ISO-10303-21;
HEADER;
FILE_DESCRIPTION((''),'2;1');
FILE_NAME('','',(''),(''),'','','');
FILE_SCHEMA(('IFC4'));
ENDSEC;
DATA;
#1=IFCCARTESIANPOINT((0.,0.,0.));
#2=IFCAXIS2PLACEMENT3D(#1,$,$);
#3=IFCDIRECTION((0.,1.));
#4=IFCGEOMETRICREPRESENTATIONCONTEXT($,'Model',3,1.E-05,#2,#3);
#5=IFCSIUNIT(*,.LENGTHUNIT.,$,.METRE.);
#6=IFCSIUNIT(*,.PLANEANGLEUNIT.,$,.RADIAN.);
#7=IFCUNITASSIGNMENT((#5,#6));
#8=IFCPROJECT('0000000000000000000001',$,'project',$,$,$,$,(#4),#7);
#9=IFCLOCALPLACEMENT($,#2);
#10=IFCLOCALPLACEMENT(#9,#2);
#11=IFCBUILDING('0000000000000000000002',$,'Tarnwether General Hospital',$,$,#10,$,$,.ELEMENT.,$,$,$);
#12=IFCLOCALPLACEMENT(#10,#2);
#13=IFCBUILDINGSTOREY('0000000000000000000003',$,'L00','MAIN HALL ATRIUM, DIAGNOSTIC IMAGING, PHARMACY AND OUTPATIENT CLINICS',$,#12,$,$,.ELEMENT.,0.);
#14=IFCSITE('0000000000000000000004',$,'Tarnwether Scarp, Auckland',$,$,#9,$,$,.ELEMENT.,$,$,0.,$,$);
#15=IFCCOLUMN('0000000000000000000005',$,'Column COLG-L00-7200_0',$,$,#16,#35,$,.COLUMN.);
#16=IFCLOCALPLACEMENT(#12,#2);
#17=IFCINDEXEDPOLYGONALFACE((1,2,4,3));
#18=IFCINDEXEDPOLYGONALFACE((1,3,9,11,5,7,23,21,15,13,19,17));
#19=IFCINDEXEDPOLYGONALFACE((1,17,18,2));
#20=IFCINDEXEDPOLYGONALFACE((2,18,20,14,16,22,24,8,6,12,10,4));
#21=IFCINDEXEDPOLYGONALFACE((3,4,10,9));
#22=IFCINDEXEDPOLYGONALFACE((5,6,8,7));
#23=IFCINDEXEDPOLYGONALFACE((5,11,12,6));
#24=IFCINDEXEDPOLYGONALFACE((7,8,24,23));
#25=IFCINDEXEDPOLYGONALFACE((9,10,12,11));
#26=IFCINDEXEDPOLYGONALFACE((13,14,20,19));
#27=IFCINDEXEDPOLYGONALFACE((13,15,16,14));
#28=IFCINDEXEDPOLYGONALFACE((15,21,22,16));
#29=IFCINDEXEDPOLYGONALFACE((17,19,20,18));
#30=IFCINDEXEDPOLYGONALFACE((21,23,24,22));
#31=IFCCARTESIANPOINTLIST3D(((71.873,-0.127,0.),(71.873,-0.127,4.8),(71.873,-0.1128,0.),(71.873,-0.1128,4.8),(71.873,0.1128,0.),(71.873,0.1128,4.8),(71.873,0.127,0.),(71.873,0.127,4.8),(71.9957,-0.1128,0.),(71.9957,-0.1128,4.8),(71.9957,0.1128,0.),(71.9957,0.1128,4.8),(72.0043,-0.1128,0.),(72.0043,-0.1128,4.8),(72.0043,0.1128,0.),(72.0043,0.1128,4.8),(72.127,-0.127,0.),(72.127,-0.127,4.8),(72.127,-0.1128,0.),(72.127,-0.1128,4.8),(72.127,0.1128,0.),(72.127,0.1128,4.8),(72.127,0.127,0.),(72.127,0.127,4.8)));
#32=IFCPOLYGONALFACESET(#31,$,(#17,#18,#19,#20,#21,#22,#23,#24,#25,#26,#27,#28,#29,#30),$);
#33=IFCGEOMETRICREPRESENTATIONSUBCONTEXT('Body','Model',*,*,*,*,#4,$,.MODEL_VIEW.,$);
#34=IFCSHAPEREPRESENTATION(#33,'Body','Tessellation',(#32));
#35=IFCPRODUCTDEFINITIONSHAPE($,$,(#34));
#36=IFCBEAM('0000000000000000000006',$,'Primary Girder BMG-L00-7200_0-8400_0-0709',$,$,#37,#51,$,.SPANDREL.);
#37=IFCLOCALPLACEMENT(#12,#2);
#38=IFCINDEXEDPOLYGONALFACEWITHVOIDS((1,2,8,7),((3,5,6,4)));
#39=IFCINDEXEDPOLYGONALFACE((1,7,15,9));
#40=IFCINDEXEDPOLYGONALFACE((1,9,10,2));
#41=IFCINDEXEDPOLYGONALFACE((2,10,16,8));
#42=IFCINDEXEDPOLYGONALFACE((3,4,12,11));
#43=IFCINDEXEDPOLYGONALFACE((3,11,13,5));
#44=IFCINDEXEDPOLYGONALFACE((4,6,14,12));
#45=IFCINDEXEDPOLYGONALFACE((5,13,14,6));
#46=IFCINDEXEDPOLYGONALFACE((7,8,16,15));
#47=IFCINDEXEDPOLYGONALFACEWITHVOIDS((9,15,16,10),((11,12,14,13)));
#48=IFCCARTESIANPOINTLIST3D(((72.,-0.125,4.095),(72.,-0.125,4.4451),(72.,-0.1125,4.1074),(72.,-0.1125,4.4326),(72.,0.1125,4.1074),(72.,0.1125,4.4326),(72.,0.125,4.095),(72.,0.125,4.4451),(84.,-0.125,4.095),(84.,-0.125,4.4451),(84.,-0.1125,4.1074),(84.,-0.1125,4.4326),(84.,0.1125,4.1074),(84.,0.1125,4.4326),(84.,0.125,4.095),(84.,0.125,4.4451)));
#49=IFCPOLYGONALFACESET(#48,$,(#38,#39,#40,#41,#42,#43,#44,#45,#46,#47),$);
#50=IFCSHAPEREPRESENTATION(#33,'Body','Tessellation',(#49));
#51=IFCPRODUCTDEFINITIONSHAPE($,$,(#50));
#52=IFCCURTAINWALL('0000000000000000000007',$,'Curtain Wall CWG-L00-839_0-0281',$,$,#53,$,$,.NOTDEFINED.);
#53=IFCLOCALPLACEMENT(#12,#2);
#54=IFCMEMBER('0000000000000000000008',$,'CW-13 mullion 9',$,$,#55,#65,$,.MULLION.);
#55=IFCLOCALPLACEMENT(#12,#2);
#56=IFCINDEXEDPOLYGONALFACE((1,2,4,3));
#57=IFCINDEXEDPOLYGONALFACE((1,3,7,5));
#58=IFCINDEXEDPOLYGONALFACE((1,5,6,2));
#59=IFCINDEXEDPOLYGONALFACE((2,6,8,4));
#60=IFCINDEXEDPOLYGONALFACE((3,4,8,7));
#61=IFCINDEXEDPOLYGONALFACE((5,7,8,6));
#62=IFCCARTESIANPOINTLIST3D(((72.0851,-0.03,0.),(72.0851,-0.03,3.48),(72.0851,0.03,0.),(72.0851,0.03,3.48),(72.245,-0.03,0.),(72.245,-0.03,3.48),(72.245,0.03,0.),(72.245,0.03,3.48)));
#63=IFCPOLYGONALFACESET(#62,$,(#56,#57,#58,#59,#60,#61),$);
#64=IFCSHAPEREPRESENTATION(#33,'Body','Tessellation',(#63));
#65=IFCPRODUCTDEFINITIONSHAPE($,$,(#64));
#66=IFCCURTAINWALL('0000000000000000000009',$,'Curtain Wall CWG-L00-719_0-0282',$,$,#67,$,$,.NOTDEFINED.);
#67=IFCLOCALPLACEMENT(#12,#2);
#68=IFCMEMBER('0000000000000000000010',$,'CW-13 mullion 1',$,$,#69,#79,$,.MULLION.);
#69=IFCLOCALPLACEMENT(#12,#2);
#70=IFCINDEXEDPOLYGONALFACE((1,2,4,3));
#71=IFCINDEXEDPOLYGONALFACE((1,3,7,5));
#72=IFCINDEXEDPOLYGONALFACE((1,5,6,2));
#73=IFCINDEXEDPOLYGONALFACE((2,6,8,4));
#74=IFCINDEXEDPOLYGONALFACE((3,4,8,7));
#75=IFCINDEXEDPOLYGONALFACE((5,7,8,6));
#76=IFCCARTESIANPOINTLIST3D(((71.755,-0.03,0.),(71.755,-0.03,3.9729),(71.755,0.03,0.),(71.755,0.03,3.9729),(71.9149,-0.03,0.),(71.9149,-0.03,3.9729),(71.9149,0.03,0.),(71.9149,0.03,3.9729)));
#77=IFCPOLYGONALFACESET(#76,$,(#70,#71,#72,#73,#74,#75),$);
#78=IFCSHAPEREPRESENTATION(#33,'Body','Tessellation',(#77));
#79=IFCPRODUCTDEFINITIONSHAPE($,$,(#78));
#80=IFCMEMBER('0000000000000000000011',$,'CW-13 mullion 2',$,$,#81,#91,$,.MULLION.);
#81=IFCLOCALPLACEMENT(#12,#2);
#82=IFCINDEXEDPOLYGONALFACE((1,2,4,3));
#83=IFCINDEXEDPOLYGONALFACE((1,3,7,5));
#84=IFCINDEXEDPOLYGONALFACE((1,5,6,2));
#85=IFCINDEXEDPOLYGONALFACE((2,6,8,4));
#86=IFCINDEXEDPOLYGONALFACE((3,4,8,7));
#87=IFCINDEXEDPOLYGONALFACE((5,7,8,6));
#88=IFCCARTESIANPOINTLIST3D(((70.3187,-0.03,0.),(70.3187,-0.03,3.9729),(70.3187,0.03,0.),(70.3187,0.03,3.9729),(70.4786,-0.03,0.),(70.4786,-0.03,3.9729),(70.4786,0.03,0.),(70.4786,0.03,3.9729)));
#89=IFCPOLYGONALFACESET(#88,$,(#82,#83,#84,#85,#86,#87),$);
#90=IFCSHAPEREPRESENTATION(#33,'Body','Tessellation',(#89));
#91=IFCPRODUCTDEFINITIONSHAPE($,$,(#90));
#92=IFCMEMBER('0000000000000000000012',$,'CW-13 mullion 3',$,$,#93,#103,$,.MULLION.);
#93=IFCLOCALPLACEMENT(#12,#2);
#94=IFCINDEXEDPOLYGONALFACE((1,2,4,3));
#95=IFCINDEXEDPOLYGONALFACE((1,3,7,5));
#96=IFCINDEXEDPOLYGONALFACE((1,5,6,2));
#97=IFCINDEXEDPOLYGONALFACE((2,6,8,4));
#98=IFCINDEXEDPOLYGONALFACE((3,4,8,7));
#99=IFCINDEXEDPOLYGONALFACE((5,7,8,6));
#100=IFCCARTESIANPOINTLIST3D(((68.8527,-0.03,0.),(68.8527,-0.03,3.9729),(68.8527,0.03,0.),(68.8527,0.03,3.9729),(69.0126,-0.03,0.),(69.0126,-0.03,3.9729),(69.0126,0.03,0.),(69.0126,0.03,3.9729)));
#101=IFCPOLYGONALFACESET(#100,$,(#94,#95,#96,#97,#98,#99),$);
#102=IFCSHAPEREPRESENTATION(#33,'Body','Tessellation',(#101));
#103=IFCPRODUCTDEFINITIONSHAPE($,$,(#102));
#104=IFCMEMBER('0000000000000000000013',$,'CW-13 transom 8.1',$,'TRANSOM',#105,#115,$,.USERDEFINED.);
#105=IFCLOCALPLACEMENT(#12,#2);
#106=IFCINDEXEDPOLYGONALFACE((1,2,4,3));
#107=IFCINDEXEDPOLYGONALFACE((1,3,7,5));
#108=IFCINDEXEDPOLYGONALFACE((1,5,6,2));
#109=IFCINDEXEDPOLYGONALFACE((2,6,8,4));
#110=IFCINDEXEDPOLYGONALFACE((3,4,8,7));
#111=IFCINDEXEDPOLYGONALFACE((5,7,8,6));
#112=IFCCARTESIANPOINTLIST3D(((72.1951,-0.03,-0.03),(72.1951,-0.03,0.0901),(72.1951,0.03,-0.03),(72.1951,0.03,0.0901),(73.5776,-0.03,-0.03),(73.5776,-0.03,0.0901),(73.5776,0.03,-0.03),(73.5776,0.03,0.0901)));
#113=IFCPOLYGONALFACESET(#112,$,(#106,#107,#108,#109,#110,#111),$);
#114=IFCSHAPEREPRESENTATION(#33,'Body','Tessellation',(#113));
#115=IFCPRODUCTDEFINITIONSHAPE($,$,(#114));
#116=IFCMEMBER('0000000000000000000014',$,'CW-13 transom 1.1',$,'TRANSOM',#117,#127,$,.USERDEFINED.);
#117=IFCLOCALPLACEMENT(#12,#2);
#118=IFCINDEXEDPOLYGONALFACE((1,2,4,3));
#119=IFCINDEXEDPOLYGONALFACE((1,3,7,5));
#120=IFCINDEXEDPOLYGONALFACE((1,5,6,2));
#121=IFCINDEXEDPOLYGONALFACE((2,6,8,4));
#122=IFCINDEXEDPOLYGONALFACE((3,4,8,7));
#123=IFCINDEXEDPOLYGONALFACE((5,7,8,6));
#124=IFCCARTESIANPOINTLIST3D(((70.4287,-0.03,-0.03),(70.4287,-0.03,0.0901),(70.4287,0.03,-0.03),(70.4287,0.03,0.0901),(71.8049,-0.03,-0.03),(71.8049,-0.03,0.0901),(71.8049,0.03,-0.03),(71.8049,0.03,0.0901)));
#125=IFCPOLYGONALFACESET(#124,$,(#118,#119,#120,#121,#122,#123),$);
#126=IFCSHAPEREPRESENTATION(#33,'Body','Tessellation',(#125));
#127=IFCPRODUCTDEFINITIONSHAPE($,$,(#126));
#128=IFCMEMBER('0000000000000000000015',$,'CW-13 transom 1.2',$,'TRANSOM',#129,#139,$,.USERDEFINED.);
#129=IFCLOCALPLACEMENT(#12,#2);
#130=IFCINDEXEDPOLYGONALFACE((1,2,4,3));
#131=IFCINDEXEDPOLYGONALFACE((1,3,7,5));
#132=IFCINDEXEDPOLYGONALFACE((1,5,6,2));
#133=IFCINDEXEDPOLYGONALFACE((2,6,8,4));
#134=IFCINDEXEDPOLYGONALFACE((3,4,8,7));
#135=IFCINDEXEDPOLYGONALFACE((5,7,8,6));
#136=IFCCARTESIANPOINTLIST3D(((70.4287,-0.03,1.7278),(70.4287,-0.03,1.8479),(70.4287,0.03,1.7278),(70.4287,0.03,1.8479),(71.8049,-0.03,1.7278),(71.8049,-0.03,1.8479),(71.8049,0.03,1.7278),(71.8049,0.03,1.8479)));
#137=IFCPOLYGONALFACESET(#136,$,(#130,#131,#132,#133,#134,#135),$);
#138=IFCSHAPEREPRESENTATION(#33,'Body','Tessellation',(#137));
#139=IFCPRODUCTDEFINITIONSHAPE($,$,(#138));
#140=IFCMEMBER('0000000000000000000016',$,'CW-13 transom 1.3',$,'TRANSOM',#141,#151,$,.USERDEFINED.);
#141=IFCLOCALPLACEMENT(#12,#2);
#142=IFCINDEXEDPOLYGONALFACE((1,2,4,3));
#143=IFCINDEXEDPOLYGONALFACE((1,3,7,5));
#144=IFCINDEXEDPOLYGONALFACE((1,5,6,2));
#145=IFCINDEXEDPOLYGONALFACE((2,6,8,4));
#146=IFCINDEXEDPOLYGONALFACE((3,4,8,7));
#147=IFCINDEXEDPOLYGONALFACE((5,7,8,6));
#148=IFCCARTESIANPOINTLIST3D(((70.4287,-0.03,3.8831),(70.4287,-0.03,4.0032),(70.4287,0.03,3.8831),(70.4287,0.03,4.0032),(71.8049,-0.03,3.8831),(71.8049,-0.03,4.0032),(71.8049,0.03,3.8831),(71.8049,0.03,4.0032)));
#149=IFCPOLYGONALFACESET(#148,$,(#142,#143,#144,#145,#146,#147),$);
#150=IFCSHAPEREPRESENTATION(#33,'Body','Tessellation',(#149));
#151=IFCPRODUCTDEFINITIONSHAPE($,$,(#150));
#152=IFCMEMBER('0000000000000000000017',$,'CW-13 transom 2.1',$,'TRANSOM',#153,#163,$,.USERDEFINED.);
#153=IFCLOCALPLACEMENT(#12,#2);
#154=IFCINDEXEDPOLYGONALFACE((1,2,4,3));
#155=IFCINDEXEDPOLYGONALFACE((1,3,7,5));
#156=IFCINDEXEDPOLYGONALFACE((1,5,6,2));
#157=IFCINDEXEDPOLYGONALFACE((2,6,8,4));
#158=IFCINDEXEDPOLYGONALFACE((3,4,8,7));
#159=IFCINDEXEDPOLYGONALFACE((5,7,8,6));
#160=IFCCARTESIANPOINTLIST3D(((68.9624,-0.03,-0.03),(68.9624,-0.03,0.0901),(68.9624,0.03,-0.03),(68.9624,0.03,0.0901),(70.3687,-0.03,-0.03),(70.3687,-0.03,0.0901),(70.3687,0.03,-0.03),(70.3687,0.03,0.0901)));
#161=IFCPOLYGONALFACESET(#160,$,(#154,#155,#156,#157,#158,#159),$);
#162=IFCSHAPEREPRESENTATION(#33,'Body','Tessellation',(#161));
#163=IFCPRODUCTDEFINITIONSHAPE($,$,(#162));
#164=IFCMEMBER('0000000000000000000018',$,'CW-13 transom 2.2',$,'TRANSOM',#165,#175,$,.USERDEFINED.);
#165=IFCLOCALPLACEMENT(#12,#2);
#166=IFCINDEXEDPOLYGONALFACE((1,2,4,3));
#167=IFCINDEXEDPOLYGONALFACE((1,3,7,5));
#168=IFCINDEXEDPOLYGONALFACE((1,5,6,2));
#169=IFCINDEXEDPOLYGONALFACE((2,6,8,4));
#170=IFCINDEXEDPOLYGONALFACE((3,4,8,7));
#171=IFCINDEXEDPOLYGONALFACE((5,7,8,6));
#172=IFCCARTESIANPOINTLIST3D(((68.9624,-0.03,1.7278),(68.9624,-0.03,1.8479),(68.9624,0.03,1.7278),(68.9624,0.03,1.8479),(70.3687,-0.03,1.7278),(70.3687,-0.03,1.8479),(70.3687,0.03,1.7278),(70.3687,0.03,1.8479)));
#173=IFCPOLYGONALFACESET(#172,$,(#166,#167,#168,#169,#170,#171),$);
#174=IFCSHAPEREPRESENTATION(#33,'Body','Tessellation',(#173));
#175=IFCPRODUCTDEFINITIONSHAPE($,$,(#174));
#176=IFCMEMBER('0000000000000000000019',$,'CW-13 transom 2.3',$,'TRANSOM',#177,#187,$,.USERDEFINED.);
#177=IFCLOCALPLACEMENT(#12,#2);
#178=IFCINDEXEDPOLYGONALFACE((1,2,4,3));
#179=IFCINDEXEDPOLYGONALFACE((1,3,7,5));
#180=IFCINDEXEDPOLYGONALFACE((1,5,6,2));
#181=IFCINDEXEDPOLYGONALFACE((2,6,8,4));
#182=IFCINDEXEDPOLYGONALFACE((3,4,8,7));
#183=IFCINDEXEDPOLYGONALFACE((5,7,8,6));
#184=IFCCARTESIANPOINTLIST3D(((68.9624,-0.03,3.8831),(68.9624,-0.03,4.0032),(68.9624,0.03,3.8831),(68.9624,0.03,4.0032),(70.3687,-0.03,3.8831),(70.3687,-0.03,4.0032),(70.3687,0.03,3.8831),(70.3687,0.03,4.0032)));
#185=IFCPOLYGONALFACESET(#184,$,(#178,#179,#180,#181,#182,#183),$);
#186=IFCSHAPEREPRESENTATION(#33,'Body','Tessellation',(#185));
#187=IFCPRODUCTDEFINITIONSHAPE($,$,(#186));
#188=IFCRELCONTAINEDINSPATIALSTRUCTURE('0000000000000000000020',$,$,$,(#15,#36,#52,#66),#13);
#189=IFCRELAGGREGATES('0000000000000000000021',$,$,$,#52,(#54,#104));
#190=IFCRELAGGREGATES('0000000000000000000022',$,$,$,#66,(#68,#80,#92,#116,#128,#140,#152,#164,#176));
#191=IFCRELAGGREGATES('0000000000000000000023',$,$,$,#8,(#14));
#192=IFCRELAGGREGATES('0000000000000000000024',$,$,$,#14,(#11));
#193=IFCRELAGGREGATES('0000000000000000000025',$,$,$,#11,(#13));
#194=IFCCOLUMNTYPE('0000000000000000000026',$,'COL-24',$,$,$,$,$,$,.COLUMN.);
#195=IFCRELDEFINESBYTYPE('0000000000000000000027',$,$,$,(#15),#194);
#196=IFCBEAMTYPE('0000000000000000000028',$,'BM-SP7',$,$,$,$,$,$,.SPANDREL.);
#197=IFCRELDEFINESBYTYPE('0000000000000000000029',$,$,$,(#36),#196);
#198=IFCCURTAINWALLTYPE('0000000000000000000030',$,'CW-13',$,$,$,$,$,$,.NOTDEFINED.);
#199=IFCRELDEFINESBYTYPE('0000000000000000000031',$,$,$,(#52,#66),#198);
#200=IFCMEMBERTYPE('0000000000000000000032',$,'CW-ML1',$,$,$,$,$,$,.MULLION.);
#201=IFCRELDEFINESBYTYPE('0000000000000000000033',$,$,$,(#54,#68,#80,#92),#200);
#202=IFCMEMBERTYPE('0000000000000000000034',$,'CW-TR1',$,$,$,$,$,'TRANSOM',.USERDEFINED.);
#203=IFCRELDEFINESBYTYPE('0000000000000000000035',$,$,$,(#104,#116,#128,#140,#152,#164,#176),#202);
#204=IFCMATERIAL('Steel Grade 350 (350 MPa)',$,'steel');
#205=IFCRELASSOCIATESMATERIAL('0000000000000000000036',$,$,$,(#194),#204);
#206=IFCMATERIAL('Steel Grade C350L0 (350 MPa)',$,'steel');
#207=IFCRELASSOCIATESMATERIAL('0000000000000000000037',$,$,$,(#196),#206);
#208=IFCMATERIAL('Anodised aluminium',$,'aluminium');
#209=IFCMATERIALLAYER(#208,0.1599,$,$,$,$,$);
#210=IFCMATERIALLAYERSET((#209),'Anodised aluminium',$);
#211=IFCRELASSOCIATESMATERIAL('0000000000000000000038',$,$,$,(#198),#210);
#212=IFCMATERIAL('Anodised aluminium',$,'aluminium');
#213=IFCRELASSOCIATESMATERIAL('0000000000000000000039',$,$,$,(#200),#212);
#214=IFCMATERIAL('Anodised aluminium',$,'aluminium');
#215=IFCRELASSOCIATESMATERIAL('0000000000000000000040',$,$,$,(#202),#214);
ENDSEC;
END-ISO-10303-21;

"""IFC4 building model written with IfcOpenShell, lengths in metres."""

from ifc_helpers import new_model, si_unit, direction, frame, origin, origin_2d, place, context, subcontext, project, spatial, rectangle, hollow_rectangle, i_section, extrude, material, layer, layer_set, material_profile, profile_set, type_object, element, aggregate, save


model = new_model("IFC4")

# Units and contexts
model_context = context("Model", 3, precision=1e-05, world=origin(), true_north=direction((0.0, 1.0)))
body_context = subcontext(model_context, "Body", "Model", "MODEL_VIEW")
ifc_project = project(units=[si_unit("LENGTHUNIT", "METRE"), si_unit("PLANEANGLEUNIT", "RADIAN")], contexts=[model_context])

# Site, building, storey
site_placement = place(None, origin())
site = spatial("IfcSite", under=ifc_project, at=site_placement, Name="Tarnwether Scarp, Auckland", CompositionType="ELEMENT", RefElevation=0.0)
building_placement = place(site_placement, origin())
building = spatial("IfcBuilding", under=site, at=building_placement, Name="Tarnwether General Hospital", CompositionType="ELEMENT")
storey_placement = place(building_placement, origin())
storey = spatial("IfcBuildingStorey", under=building, at=storey_placement, Name="L00", Description="MAIN HALL ATRIUM, DIAGNOSTIC IMAGING, PHARMACY AND OUTPATIENT CLINICS", CompositionType="ELEMENT", Elevation=0.0)

# Column
ifc_material_1 = material(Name="Steel Grade 350 (350 MPa)", Category="steel")
ifc_material_profile_1 = material_profile(ifc_material_1, i_section(OverallWidth=0.2539, OverallDepth=0.2539, WebThickness=0.0085, FlangeThickness=0.0142, at=origin_2d()), Name="250UC72.9")
ifc_profile_set_1 = profile_set([ifc_material_profile_1], Name="Steel Grade 350 (350 MPa)")
column_type = type_object("IfcColumnType", Name="COL-24", PredefinedType="COLUMN", material=ifc_profile_set_1)
column_placement = place(storey_placement, frame((72.0, 0.0, 0.0), z_axis=(0.0, 0.0, 1.0), x_axis=(1.0, 0.0, 0.0)))
element("IfcColumn", 1, at=column_placement, inside=storey, type_object=column_type, Name="Column COLG-L00-7200_0", PredefinedType="COLUMN", context=body_context, shape_type="SweptSolid", body=[
    extrude(i_section(OverallWidth=0.2539, OverallDepth=0.2539, WebThickness=0.0085, FlangeThickness=0.0142, at=origin_2d()), origin(), (0.0, 0.0, 1.0), 4.8),
])

# Beam
ifc_material_2 = material(Name="Steel Grade C350L0 (350 MPa)", Category="steel")
ifc_material_profile_2 = material_profile(ifc_material_2, hollow_rectangle(XDim=0.25, YDim=0.3501, WallThickness=0.0125, at=origin_2d()), Name="RHS350x250x12.5")
ifc_profile_set_2 = profile_set([ifc_material_profile_2], Name="Steel Grade C350L0 (350 MPa)")
beam_type = type_object("IfcBeamType", Name="BM-SP7", PredefinedType="SPANDREL", material=ifc_profile_set_2)
beam_placement = place(storey_placement, frame((72.0, 0.0, 4.27), z_axis=(1.0, 0.0, 0.0), x_axis=(0.0, 1.0, 0.0)))
element("IfcBeam", 2, at=beam_placement, inside=storey, type_object=beam_type, Name="Primary Girder BMG-L00-7200_0-8400_0-0709", PredefinedType="SPANDREL", context=body_context, shape_type="SweptSolid", body=[
    extrude(hollow_rectangle(XDim=0.25, YDim=0.3501, WallThickness=0.0125, at=origin_2d()), origin(), (0.0, 0.0, 1.0), 12.0),
])

# Curtain wall, member
ifc_material_3 = material(Name="Anodised aluminium", Category="aluminium")
ifc_layer_1 = layer(ifc_material_3, 0.1599)
ifc_layer_set_1 = layer_set([ifc_layer_1], Name="Anodised aluminium")
curtain_wall_type = type_object("IfcCurtainWallType", Name="CW-13", PredefinedType="NOTDEFINED", material=ifc_layer_set_1)
curtain_wall_1_placement = place(storey_placement, origin())
curtain_wall_1 = element("IfcCurtainWall", 3, at=curtain_wall_1_placement, inside=storey, type_object=curtain_wall_type, Name="Curtain Wall CWG-L00-839_0-0281", PredefinedType="NOTDEFINED")
ifc_material_4 = material(Name="Anodised aluminium", Category="aluminium")
ifc_material_profile_3 = material_profile(ifc_material_4, rectangle(XDim=0.0601, YDim=0.1599, at=origin_2d()), Name="ALU-MUL-60x160")
ifc_profile_set_3 = profile_set([ifc_material_profile_3], Name="Anodised aluminium")
member_type_1 = type_object("IfcMemberType", Name="CW-ML1", PredefinedType="MULLION", material=ifc_profile_set_3)
member_1_placement = place(storey_placement, frame((72.165, 0.0, 0.0), z_axis=(0.0, 0.0, 1.0), x_axis=(0.0, -1.0, 0.0)))
member_1 = element("IfcMember", 4, at=member_1_placement, type_object=member_type_1, Name="CW-13 mullion 9", PredefinedType="MULLION", context=body_context, shape_type="SweptSolid", body=[
    extrude(rectangle(XDim=0.0601, YDim=0.1599, at=origin_2d()), origin(), (0.0, 0.0, 1.0), 3.48),
])

# Curtain wall, members
curtain_wall_2_placement = place(storey_placement, origin())
curtain_wall_2 = element("IfcCurtainWall", 5, at=curtain_wall_2_placement, inside=storey, type_object=curtain_wall_type, Name="Curtain Wall CWG-L00-719_0-0282", PredefinedType="NOTDEFINED")
member_2_placement = place(storey_placement, frame((71.835, 0.0, 0.0), z_axis=(0.0, 0.0, 1.0), x_axis=(0.0, -1.0, 0.0)))
member_2 = element("IfcMember", 6, at=member_2_placement, type_object=member_type_1, Name="CW-13 mullion 1", PredefinedType="MULLION", context=body_context, shape_type="SweptSolid", body=[
    extrude(rectangle(XDim=0.0601, YDim=0.1599, at=origin_2d()), origin(), (0.0, 0.0, 1.0), 3.9729),
])
member_3_placement = place(storey_placement, frame((70.3987, 0.0, 0.0), z_axis=(0.0, 0.0, 1.0), x_axis=(0.0, -1.0, 0.0)))
member_3 = element("IfcMember", 7, at=member_3_placement, type_object=member_type_1, Name="CW-13 mullion 2", PredefinedType="MULLION", context=body_context, shape_type="SweptSolid", body=[
    extrude(rectangle(XDim=0.0601, YDim=0.1599, at=origin_2d()), origin(), (0.0, 0.0, 1.0), 3.9729),
])
member_4_placement = place(storey_placement, frame((68.9326, 0.0, 0.0), z_axis=(0.0, 0.0, 1.0), x_axis=(0.0, -1.0, 0.0)))
member_4 = element("IfcMember", 8, at=member_4_placement, type_object=member_type_1, Name="CW-13 mullion 3", PredefinedType="MULLION", context=body_context, shape_type="SweptSolid", body=[
    extrude(rectangle(XDim=0.0601, YDim=0.1599, at=origin_2d()), origin(), (0.0, 0.0, 1.0), 3.9729),
])

# Members
ifc_material_5 = material(Name="Anodised aluminium", Category="aluminium")
ifc_material_profile_4 = material_profile(ifc_material_5, rectangle(XDim=0.0601, YDim=0.1201, at=origin_2d()), Name="ALU-TRN-60x120")
ifc_profile_set_4 = profile_set([ifc_material_profile_4], Name="Anodised aluminium")
member_type_2 = type_object("IfcMemberType", Name="CW-TR1", ElementType="TRANSOM", PredefinedType="USERDEFINED", material=ifc_profile_set_4)
member_5_placement = place(storey_placement, frame((73.5776, 0.0, 0.03), z_axis=(-1.0, 0.0, 0.0), x_axis=(0.0, -1.0, 0.0)))
member_5 = element("IfcMember", 9, at=member_5_placement, type_object=member_type_2, Name="CW-13 transom 8.1", ObjectType="TRANSOM", PredefinedType="USERDEFINED", context=body_context, shape_type="SweptSolid", body=[
    extrude(rectangle(XDim=0.0601, YDim=0.1201, at=origin_2d()), origin(), (0.0, 0.0, 1.0), 1.3826),
])
member_6_placement = place(storey_placement, frame((71.8049, 0.0, 0.03), z_axis=(-1.0, 0.0, 0.0), x_axis=(0.0, -1.0, 0.0)))
member_6 = element("IfcMember", 10, at=member_6_placement, type_object=member_type_2, Name="CW-13 transom 1.1", ObjectType="TRANSOM", PredefinedType="USERDEFINED", context=body_context, shape_type="SweptSolid", body=[
    extrude(rectangle(XDim=0.0601, YDim=0.1201, at=origin_2d()), origin(), (0.0, 0.0, 1.0), 1.3762),
])
member_7_placement = place(storey_placement, frame((71.8049, 0.0, 1.7878), z_axis=(-1.0, 0.0, 0.0), x_axis=(0.0, -1.0, 0.0)))
member_7 = element("IfcMember", 11, at=member_7_placement, type_object=member_type_2, Name="CW-13 transom 1.2", ObjectType="TRANSOM", PredefinedType="USERDEFINED", context=body_context, shape_type="SweptSolid", body=[
    extrude(rectangle(XDim=0.0601, YDim=0.1201, at=origin_2d()), origin(), (0.0, 0.0, 1.0), 1.3762),
])
member_8_placement = place(storey_placement, frame((71.8049, 0.0, 3.9431), z_axis=(-1.0, 0.0, 0.0), x_axis=(0.0, -1.0, 0.0)))
member_8 = element("IfcMember", 12, at=member_8_placement, type_object=member_type_2, Name="CW-13 transom 1.3", ObjectType="TRANSOM", PredefinedType="USERDEFINED", context=body_context, shape_type="SweptSolid", body=[
    extrude(rectangle(XDim=0.0601, YDim=0.1201, at=origin_2d()), origin(), (0.0, 0.0, 1.0), 1.3762),
])
member_9_placement = place(storey_placement, frame((70.3687, 0.0, 0.03), z_axis=(-1.0, 0.0, 0.0), x_axis=(0.0, -1.0, 0.0)))
member_9 = element("IfcMember", 13, at=member_9_placement, type_object=member_type_2, Name="CW-13 transom 2.1", ObjectType="TRANSOM", PredefinedType="USERDEFINED", context=body_context, shape_type="SweptSolid", body=[
    extrude(rectangle(XDim=0.0601, YDim=0.1201, at=origin_2d()), origin(), (0.0, 0.0, 1.0), 1.4062),
])
member_10_placement = place(storey_placement, frame((70.3687, 0.0, 1.7878), z_axis=(-1.0, 0.0, 0.0), x_axis=(0.0, -1.0, 0.0)))
member_10 = element("IfcMember", 14, at=member_10_placement, type_object=member_type_2, Name="CW-13 transom 2.2", ObjectType="TRANSOM", PredefinedType="USERDEFINED", context=body_context, shape_type="SweptSolid", body=[
    extrude(rectangle(XDim=0.0601, YDim=0.1201, at=origin_2d()), origin(), (0.0, 0.0, 1.0), 1.4062),
])
member_11_placement = place(storey_placement, frame((70.3687, 0.0, 3.9431), z_axis=(-1.0, 0.0, 0.0), x_axis=(0.0, -1.0, 0.0)))
member_11 = element("IfcMember", 15, at=member_11_placement, type_object=member_type_2, Name="CW-13 transom 2.3", ObjectType="TRANSOM", PredefinedType="USERDEFINED", context=body_context, shape_type="SweptSolid", body=[
    extrude(rectangle(XDim=0.0601, YDim=0.1201, at=origin_2d()), origin(), (0.0, 0.0, 1.0), 1.4062),
])

aggregate(curtain_wall_1, [member_1, member_5])
aggregate(curtain_wall_2, [member_2, member_3, member_4, member_6, member_7, member_8, member_9, member_10, member_11])

save(model, "model.ifc")
